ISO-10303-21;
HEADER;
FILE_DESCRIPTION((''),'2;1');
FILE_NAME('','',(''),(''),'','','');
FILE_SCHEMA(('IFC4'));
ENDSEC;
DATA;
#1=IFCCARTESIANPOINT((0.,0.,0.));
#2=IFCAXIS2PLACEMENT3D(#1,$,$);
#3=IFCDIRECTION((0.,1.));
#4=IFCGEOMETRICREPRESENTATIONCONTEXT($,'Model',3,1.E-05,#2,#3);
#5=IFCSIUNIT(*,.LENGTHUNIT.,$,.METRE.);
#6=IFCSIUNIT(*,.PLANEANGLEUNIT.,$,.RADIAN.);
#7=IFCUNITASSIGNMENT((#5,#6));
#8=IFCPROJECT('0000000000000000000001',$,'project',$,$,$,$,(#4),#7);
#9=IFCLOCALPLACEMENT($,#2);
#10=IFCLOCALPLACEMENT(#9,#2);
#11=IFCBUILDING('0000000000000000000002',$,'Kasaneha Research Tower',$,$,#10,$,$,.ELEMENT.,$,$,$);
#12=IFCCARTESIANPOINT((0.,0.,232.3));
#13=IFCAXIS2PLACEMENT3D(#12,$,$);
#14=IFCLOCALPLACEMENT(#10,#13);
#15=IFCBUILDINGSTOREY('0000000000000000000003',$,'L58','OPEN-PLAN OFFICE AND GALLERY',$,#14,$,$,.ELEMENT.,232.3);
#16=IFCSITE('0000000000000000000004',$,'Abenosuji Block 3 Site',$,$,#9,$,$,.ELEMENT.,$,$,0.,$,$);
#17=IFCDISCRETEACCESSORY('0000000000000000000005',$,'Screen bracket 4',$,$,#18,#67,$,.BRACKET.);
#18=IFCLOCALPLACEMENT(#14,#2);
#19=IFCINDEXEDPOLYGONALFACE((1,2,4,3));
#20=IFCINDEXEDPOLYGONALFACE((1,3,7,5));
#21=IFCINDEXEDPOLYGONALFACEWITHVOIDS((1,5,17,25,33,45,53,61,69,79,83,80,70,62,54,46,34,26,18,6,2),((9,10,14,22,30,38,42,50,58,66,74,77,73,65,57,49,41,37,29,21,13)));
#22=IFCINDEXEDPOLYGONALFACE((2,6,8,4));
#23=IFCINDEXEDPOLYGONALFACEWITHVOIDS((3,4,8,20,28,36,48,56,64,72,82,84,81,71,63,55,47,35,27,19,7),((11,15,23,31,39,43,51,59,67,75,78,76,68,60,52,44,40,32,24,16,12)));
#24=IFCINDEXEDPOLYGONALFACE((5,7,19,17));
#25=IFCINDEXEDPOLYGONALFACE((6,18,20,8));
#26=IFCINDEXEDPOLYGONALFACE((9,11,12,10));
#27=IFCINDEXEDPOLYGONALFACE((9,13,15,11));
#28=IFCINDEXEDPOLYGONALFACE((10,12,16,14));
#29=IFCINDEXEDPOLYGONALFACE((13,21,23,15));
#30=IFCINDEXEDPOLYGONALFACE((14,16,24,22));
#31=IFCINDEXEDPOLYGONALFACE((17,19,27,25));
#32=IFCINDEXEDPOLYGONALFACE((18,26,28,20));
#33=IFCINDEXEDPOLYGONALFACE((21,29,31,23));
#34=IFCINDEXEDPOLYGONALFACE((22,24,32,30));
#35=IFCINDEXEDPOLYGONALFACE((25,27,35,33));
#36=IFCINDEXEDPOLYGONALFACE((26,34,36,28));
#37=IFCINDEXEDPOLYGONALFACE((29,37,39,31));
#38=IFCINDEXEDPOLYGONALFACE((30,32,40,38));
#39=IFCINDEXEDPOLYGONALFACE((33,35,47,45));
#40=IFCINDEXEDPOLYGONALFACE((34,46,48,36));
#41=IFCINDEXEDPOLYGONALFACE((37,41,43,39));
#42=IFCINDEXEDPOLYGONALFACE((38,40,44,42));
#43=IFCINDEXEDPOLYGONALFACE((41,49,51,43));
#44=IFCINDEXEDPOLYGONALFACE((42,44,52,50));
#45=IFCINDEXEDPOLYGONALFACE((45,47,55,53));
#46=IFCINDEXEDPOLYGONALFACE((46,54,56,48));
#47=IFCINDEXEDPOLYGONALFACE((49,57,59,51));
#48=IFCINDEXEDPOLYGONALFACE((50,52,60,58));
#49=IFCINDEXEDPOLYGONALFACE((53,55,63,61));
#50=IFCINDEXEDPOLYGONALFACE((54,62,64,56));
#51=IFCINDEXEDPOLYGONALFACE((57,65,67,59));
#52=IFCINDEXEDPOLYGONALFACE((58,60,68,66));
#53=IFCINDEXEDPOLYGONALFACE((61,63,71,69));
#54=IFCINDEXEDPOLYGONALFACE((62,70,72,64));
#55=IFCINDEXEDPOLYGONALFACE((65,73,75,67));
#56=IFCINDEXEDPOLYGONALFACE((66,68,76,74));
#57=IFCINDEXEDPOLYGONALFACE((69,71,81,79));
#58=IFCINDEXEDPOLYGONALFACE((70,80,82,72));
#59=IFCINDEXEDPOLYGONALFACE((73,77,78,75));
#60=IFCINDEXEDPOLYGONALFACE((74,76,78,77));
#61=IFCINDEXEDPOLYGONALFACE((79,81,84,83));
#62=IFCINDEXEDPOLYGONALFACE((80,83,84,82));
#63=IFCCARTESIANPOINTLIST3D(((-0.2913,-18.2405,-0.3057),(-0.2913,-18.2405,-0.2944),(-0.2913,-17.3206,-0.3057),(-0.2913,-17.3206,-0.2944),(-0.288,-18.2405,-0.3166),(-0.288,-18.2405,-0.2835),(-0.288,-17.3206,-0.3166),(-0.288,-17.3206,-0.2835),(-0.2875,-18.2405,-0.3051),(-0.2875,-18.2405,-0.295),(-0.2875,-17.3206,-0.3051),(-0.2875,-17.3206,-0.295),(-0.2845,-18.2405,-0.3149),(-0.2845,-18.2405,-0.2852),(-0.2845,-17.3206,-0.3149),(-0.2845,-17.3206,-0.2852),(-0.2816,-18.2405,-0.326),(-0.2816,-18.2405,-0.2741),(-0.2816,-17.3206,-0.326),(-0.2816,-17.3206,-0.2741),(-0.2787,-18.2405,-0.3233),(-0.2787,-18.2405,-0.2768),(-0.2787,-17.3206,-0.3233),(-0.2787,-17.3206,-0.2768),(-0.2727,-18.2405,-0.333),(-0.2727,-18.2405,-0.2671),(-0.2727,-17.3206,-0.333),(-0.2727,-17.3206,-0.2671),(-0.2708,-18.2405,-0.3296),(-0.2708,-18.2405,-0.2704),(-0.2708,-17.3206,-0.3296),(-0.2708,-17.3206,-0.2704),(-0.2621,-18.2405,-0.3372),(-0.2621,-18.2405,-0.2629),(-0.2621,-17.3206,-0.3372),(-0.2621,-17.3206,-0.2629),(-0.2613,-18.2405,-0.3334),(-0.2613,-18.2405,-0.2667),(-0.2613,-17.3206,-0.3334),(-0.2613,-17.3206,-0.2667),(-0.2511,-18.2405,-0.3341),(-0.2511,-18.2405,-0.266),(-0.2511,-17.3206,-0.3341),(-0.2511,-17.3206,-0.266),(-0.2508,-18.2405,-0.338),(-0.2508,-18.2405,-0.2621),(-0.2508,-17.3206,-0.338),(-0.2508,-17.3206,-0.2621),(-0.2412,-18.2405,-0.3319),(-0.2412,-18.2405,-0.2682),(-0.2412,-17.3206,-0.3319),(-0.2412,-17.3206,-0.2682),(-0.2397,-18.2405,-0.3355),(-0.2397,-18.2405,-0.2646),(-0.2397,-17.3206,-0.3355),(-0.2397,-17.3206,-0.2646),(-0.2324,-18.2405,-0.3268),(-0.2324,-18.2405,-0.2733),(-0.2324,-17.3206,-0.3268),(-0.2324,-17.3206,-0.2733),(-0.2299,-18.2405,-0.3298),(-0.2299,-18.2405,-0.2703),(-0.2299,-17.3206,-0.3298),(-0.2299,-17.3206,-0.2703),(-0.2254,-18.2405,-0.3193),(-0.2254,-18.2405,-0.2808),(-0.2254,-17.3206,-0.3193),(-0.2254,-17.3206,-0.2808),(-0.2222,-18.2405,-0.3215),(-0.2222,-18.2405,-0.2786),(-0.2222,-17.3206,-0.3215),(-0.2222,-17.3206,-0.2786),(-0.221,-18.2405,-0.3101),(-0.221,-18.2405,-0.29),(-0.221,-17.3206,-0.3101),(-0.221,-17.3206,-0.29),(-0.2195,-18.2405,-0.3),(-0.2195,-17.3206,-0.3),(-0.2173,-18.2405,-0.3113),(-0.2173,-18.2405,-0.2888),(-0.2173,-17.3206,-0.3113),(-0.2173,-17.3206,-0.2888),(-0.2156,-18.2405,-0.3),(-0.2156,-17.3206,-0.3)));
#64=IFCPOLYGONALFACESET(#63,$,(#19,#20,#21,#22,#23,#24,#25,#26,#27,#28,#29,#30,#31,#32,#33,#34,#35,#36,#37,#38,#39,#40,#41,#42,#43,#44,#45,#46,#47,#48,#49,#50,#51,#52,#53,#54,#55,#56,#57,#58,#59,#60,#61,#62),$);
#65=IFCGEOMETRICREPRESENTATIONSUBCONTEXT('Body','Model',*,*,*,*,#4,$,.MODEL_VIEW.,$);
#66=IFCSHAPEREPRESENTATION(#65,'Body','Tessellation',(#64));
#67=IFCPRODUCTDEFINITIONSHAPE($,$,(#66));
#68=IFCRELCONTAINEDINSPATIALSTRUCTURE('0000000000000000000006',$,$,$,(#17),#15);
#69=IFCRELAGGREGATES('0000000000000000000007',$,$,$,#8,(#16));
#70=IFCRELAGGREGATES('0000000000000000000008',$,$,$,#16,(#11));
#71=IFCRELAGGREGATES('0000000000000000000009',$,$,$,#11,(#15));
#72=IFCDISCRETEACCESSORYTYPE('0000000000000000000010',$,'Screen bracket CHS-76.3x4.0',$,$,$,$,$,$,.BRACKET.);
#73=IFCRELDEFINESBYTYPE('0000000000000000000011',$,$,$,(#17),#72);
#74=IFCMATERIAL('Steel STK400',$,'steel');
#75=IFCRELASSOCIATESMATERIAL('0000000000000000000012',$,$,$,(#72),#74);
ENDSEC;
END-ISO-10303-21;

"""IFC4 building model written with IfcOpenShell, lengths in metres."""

from ifc_helpers import new_model, si_unit, direction, frame, origin, origin_2d, place, context, subcontext, project, spatial, hollow_circle, extrude, material, material_profile, profile_set, type_object, element, save


model = new_model("IFC4")

# Units and contexts
model_context = context("Model", 3, precision=1e-05, world=origin(), true_north=direction((0.0, 1.0)))
body_context = subcontext(model_context, "Body", "Model", "MODEL_VIEW")
ifc_project = project(units=[si_unit("LENGTHUNIT", "METRE"), si_unit("PLANEANGLEUNIT", "RADIAN")], contexts=[model_context])

# Site, building, storey
site_placement = place(None, origin())
site = spatial("IfcSite", under=ifc_project, at=site_placement, Name="Abenosuji Block 3 Site", CompositionType="ELEMENT", RefElevation=0.0)
building_placement = place(site_placement, origin())
building = spatial("IfcBuilding", under=site, at=building_placement, Name="Kasaneha Research Tower", CompositionType="ELEMENT")
storey_placement = place(building_placement, frame((0.0, 0.0, 232.3)))
storey = spatial("IfcBuildingStorey", under=building, at=storey_placement, Name="L58", Description="OPEN-PLAN OFFICE AND GALLERY", CompositionType="ELEMENT", Elevation=232.3)

# Discrete accessory
ifc_material_1 = material(Name="Steel STK400", Category="steel")
ifc_material_profile_1 = material_profile(ifc_material_1, hollow_circle(Radius=0.0381, WallThickness=0.0039, at=origin_2d()), Name="CHS-76.3x4.0")
ifc_profile_set_1 = profile_set([ifc_material_profile_1], Name="Steel STK400")
discrete_accessory_type = type_object("IfcDiscreteAccessoryType", Name="Screen bracket CHS-76.3x4.0", PredefinedType="BRACKET", material=ifc_profile_set_1)
for number, where, z_axis, x_axis, name in (
    (1, (-0.2537, -17.3206, -0.3), (0.0, -1.0, 0.0), (1.0, 0.0, 0.0), "Screen bracket 4"),
):
    element("IfcDiscreteAccessory", number, at=place(storey_placement, frame(where, z_axis=z_axis, x_axis=x_axis)), inside=storey, type_object=discrete_accessory_type, Name=name, PredefinedType="BRACKET", context=body_context, shape_type="SweptSolid", body=[
        extrude(hollow_circle(Radius=0.0381, WallThickness=0.0039, at=origin_2d()), origin(), (0.0, 0.0, 1.0), 0.9199),
    ])

save(model, "model.ifc")
